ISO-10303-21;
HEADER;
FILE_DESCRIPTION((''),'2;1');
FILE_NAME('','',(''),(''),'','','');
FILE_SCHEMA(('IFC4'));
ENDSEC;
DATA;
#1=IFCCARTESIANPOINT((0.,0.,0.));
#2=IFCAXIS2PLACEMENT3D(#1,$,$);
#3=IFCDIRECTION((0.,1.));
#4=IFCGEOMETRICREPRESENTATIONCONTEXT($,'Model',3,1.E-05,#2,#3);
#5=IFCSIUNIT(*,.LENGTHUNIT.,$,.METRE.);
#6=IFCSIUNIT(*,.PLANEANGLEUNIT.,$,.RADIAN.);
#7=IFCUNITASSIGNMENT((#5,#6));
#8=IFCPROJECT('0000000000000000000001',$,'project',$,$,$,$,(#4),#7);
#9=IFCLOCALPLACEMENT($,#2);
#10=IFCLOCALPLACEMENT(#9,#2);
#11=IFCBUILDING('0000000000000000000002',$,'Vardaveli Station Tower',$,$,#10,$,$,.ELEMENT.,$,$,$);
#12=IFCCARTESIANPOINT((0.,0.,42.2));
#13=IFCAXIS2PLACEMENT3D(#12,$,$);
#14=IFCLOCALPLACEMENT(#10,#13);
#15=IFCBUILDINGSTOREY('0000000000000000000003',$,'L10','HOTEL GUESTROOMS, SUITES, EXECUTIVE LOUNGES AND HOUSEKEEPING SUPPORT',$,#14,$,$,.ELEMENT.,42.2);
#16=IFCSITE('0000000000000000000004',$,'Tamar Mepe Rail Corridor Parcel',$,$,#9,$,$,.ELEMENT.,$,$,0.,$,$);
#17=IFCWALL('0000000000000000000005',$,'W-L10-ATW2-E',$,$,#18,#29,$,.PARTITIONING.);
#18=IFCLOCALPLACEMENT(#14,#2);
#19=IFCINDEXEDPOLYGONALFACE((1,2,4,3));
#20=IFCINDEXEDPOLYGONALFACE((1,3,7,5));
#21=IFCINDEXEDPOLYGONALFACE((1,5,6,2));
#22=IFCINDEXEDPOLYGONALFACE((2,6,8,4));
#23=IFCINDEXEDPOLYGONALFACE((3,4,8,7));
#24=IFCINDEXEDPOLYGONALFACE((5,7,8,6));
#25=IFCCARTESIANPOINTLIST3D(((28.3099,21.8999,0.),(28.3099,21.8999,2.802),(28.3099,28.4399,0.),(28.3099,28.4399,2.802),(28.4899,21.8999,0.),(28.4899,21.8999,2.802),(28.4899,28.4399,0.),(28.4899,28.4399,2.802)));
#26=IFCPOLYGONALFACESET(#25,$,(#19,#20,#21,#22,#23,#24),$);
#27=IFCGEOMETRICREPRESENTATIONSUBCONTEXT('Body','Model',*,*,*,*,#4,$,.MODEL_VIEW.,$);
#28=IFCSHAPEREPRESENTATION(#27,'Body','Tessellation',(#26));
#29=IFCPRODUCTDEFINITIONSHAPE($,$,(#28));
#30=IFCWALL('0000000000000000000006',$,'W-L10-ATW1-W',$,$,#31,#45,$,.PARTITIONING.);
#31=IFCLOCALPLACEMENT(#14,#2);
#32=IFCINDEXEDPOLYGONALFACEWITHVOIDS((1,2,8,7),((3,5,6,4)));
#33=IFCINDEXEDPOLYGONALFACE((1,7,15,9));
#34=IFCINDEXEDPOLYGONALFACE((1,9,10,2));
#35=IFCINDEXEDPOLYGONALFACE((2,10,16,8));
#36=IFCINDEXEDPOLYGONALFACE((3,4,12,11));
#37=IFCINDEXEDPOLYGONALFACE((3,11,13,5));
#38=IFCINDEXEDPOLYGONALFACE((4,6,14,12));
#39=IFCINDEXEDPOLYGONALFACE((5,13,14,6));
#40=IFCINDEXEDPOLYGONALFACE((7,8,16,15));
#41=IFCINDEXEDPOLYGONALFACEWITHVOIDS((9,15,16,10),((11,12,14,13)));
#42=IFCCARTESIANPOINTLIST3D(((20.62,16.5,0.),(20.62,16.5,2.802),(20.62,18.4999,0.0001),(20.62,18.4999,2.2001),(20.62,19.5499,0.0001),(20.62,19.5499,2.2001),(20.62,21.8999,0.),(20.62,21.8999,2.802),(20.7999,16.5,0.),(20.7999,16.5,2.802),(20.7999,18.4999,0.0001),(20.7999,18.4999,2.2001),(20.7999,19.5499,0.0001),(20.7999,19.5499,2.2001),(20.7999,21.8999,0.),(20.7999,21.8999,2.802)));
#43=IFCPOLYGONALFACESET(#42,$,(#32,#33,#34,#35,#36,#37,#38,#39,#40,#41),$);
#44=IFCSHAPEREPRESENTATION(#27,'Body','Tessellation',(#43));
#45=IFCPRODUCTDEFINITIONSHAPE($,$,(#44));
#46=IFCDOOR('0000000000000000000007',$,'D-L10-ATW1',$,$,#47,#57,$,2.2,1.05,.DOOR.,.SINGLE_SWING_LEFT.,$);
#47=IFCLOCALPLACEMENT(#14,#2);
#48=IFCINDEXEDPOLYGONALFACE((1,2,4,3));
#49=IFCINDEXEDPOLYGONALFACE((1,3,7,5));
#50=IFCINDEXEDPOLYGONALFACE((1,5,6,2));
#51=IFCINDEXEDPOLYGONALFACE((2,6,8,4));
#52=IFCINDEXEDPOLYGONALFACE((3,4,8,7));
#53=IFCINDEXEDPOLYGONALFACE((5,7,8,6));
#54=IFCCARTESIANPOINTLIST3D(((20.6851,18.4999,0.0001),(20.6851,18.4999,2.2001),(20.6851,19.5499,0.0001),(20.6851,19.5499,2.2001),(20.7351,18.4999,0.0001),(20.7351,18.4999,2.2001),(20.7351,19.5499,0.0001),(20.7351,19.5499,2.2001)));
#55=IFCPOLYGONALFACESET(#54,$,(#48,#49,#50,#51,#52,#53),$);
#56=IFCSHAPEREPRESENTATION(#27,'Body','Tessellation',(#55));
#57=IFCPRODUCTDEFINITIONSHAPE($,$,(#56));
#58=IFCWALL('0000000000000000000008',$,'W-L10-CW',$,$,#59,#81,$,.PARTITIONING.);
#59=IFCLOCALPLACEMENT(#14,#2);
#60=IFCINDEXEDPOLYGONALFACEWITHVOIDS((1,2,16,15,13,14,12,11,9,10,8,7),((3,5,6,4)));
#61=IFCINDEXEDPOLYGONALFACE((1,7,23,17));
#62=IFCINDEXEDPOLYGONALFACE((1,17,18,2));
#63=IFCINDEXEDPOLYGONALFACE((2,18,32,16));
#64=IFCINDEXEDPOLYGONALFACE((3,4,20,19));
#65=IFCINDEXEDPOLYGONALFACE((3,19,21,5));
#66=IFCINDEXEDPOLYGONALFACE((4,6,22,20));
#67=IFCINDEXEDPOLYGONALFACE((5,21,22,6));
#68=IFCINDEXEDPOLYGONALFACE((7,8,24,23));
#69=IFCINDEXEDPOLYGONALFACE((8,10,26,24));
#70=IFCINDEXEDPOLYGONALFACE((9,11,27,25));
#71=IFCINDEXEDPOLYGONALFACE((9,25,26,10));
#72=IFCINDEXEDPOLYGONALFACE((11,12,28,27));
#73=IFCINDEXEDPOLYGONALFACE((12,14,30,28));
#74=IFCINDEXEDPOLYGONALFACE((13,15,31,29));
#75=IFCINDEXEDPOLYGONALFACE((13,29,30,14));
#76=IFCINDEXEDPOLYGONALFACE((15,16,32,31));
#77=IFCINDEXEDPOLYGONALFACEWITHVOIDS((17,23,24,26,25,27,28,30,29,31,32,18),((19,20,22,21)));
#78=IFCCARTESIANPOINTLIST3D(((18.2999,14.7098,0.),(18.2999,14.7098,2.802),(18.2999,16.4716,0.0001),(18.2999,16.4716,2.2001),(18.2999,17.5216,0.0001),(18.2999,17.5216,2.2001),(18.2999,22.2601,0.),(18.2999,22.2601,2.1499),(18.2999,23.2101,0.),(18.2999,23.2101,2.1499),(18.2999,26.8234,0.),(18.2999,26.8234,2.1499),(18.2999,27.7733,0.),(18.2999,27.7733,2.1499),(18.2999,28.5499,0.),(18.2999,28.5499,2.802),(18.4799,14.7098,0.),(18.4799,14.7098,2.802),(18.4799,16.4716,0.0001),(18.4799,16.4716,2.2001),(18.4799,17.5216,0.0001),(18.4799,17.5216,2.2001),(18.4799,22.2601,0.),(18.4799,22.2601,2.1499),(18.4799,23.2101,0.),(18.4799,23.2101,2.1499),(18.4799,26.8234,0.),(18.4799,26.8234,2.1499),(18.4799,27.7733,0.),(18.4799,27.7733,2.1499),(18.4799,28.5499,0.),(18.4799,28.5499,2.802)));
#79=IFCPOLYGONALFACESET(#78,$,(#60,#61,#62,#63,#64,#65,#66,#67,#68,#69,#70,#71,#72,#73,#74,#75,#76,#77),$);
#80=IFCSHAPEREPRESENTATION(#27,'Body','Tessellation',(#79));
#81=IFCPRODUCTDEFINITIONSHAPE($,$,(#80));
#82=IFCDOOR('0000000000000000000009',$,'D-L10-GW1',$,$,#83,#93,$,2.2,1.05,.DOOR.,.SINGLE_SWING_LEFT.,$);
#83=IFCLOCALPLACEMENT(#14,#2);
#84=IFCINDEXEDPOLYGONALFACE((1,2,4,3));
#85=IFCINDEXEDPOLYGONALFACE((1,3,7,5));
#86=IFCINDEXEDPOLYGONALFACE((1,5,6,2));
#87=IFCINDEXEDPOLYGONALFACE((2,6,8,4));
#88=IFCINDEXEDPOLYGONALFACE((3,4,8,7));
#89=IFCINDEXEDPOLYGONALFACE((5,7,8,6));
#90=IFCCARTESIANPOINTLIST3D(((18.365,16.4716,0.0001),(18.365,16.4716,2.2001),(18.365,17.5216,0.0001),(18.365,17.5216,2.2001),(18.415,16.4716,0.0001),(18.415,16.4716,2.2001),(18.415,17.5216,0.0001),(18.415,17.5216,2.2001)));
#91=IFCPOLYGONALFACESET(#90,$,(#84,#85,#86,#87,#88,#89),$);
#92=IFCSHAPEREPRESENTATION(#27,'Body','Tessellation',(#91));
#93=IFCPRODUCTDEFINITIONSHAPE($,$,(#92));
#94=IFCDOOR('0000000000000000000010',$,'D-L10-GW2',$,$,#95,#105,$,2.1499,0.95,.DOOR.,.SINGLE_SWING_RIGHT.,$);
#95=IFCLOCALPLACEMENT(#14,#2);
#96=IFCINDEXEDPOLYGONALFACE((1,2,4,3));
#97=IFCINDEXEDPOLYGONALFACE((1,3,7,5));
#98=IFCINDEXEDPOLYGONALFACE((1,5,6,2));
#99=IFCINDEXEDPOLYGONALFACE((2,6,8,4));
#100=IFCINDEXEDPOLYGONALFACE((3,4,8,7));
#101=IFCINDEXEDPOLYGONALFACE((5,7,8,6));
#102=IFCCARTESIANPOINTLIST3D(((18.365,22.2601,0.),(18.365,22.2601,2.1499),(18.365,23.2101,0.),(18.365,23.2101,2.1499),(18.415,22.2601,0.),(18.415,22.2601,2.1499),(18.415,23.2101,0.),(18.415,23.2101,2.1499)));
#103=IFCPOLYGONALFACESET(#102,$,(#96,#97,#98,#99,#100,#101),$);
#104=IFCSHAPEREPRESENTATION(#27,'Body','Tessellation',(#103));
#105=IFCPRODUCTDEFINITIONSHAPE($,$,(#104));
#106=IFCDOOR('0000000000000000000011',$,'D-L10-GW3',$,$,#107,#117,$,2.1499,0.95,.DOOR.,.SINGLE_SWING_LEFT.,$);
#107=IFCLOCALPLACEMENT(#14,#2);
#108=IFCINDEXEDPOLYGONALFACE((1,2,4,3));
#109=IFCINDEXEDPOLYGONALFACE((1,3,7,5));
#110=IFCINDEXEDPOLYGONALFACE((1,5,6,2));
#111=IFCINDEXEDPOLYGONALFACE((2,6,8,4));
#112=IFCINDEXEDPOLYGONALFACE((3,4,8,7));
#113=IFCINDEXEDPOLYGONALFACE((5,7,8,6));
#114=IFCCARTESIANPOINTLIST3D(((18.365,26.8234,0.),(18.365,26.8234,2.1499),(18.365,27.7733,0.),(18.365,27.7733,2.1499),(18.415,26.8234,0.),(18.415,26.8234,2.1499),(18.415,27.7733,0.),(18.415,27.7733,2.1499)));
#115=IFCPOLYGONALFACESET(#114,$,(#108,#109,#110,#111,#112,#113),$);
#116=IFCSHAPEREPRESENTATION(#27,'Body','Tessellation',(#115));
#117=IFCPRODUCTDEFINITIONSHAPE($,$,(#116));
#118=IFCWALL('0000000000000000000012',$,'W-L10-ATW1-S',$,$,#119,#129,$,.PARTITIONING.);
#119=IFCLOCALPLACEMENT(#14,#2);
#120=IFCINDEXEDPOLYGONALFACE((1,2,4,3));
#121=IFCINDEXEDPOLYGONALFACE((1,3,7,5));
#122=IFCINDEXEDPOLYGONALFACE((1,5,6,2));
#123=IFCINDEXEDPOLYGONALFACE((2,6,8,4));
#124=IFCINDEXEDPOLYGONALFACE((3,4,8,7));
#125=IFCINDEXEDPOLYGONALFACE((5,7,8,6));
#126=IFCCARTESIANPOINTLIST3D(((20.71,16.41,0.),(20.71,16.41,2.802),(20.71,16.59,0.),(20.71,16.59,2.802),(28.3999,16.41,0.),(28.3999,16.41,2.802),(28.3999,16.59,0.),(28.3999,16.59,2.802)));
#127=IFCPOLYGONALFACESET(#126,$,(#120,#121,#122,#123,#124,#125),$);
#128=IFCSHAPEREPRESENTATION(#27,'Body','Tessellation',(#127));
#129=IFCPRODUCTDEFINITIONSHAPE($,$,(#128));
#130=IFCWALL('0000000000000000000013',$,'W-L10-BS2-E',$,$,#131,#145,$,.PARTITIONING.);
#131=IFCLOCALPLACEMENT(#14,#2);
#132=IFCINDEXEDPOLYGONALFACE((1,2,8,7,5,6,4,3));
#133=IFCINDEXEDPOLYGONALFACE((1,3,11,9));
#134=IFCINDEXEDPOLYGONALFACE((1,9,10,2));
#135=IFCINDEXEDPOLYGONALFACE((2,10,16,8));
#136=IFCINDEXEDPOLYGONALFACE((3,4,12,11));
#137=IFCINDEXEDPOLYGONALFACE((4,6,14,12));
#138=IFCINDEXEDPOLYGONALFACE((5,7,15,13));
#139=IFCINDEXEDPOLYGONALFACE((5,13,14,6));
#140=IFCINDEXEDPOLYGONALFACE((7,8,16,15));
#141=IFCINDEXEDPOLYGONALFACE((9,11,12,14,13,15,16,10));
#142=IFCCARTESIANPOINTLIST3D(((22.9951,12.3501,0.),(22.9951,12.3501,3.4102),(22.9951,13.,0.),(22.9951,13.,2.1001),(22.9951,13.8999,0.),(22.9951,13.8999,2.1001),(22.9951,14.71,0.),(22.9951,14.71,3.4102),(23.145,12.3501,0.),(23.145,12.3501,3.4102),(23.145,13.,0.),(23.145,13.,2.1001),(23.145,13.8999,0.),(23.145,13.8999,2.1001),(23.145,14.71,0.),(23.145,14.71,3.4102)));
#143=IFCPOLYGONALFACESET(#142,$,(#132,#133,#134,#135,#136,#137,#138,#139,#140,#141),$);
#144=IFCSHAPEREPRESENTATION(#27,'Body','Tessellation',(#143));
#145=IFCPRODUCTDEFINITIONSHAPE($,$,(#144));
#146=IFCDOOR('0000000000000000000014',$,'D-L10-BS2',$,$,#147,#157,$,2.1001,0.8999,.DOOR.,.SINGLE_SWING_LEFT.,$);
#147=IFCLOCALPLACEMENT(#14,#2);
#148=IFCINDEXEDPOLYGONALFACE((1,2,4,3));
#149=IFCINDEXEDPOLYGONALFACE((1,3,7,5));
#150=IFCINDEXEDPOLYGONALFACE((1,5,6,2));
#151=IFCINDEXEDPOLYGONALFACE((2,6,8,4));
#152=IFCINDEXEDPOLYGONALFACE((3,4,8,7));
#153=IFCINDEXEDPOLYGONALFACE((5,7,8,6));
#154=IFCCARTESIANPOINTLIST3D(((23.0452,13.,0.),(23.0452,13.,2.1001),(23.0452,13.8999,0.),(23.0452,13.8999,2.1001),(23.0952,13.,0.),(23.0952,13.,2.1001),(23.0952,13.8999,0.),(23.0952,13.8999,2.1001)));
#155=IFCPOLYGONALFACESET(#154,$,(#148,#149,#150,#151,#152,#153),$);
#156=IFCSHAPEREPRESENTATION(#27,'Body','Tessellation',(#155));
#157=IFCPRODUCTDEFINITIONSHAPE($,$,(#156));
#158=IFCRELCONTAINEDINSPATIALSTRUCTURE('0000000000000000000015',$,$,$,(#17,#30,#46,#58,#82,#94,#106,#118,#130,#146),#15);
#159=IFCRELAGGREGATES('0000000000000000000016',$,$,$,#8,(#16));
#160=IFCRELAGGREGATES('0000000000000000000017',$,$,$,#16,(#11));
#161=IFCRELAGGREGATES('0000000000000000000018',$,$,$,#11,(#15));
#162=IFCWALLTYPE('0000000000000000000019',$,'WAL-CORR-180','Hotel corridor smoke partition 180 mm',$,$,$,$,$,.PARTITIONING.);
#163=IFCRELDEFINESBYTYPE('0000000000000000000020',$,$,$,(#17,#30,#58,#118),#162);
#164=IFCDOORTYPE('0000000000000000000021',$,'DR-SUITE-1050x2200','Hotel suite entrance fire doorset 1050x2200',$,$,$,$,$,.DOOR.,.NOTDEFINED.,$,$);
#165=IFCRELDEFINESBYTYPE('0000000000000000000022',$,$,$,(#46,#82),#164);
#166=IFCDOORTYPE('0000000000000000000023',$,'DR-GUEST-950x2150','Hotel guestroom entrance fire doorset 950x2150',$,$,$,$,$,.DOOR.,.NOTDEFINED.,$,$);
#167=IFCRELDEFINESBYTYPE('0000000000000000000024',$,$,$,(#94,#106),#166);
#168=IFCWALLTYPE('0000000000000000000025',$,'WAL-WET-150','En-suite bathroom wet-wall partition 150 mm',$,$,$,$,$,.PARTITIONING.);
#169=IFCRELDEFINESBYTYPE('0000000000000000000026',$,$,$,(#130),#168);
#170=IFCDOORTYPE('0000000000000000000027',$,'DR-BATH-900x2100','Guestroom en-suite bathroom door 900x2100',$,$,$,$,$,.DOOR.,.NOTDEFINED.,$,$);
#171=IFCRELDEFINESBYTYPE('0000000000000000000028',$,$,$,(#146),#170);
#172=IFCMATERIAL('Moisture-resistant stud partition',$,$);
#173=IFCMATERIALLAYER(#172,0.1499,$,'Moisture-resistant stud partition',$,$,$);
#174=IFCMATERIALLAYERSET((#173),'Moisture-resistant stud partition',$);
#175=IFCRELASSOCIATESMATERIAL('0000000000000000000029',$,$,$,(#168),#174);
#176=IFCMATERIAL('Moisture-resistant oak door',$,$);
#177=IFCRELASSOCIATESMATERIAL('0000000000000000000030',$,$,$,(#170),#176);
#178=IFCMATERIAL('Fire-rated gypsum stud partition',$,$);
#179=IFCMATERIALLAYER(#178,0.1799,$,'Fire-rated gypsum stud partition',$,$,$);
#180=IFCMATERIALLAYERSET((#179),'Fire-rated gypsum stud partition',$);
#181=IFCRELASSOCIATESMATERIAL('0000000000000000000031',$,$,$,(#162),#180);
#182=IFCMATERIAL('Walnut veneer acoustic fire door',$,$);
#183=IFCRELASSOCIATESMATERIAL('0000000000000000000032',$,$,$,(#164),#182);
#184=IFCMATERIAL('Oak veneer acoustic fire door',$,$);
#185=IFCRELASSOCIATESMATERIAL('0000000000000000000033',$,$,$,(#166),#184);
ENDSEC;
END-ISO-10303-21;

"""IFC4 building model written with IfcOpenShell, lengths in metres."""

from ifc_helpers import new_model, si_unit, direction, frame, frame_2d, origin, place, context, subcontext, project, spatial, rectangle, extrude, source, transform, mapped, material, layer, layer_set, type_object, element, fill, save


model = new_model("IFC4")

# Units and contexts
model_context = context("Model", 3, precision=1e-05, world=origin(), true_north=direction((0.0, 1.0)))
body_context = subcontext(model_context, "Body", "Model", "MODEL_VIEW")
ifc_project = project(units=[si_unit("LENGTHUNIT", "METRE"), si_unit("PLANEANGLEUNIT", "RADIAN")], contexts=[model_context])

# Site, building, storey
site_placement = place(None, origin())
site = spatial("IfcSite", under=ifc_project, at=site_placement, Name="Tamar Mepe Rail Corridor Parcel", CompositionType="ELEMENT", RefElevation=0.0)
building_placement = place(site_placement, origin())
building = spatial("IfcBuilding", under=site, at=building_placement, Name="Vardaveli Station Tower", CompositionType="ELEMENT")
storey_placement = place(building_placement, frame((0.0, 0.0, 42.2)))
storey = spatial("IfcBuildingStorey", under=building, at=storey_placement, Name="L10", Description="HOTEL GUESTROOMS, SUITES, EXECUTIVE LOUNGES AND HOUSEKEEPING SUPPORT", CompositionType="ELEMENT", Elevation=42.2)

# Shared definitions
ifc_material_1 = material(Name="Moisture-resistant stud partition")
ifc_layer_1 = layer(ifc_material_1, 0.1499, Name="Moisture-resistant stud partition")
ifc_layer_set_1 = layer_set([ifc_layer_1], Name="Moisture-resistant stud partition")
wall_type_1 = type_object("IfcWallType", Name="WAL-WET-150", Description="En-suite bathroom wet-wall partition 150 mm", PredefinedType="PARTITIONING", material=ifc_layer_set_1)
shared_shape_1 = source(origin(), body_context, "Body", "SweptSolid", [
    extrude(rectangle(XDim=0.8999, YDim=2.1001, at=frame_2d((0.45, 1.05))), frame((0.0, 0.085, 0.0), z_axis=(0.0, -1.0, 0.0), x_axis=(1.0, 0.0, 0.0)), (0.0, 0.0, 1.0), 0.1699),
])
ifc_material_2 = material(Name="Moisture-resistant oak door")
door_type_1 = type_object("IfcDoorType", Name="DR-BATH-900x2100", Description="Guestroom en-suite bathroom door 900x2100", OperationType="NOTDEFINED", PredefinedType="DOOR", material=ifc_material_2)
shared_shape_2 = source(origin(), body_context, "Body", "SweptSolid", [
    extrude(rectangle(XDim=0.8999, YDim=2.1001, at=frame_2d((0.45, 1.05))), frame((0.0, 0.0249, 0.0), z_axis=(0.0, -1.0, 0.0), x_axis=(1.0, 0.0, 0.0)), (0.0, 0.0, 1.0), 0.05),
])
ifc_material_3 = material(Name="Fire-rated gypsum stud partition")
ifc_layer_2 = layer(ifc_material_3, 0.1799, Name="Fire-rated gypsum stud partition")
ifc_layer_set_2 = layer_set([ifc_layer_2], Name="Fire-rated gypsum stud partition")
wall_type_2 = type_object("IfcWallType", Name="WAL-CORR-180", Description="Hotel corridor smoke partition 180 mm", PredefinedType="PARTITIONING", material=ifc_layer_set_2)
shared_shape_3 = source(origin(), body_context, "Body", "SweptSolid", [
    extrude(rectangle(XDim=6.54, YDim=0.1799, at=frame_2d((3.27, 0.0))), origin(), (0.0, 0.0, 1.0), 2.802),
])
shared_shape_4 = source(origin(), body_context, "Body", "SweptSolid", [
    extrude(rectangle(XDim=1.05, YDim=2.2, at=frame_2d((0.5249, 1.1001))), frame((0.0, 0.1001, 0.0), z_axis=(0.0, -1.0, 0.0), x_axis=(1.0, 0.0, 0.0)), (0.0, 0.0, 1.0), 0.2),
])
ifc_material_4 = material(Name="Walnut veneer acoustic fire door")
door_type_2 = type_object("IfcDoorType", Name="DR-SUITE-1050x2200", Description="Hotel suite entrance fire doorset 1050x2200", OperationType="NOTDEFINED", PredefinedType="DOOR", material=ifc_material_4)
shared_shape_5 = source(origin(), body_context, "Body", "SweptSolid", [
    extrude(rectangle(XDim=1.05, YDim=2.2, at=frame_2d((0.5249, 1.1001))), frame((0.0, 0.0249, 0.0), z_axis=(0.0, -1.0, 0.0), x_axis=(1.0, 0.0, 0.0)), (0.0, 0.0, 1.0), 0.05),
])

# Wall
wall_1_placement = place(storey_placement, frame((28.3999, 21.8999, 0.0), z_axis=(0.0, 0.0, 1.0), x_axis=(0.0, 1.0, 0.0)))
element("IfcWall", 1, at=wall_1_placement, inside=storey, type_object=wall_type_2, Name="W-L10-ATW2-E", PredefinedType="PARTITIONING", context=body_context, shape_type="MappedRepresentation", body=[
    mapped(shared_shape_3, transform((0.0, 0.0, 0.0), scale=1.0)),
])

# Wall, opening, door
shared_shape_6 = source(origin(), body_context, "Body", "SweptSolid", [
    extrude(rectangle(XDim=5.3999, YDim=0.1799, at=frame_2d((2.7, 0.0))), origin(), (0.0, 0.0, 1.0), 2.802),
])
wall_2_placement = place(storey_placement, frame((20.71, 16.5, 0.0), z_axis=(0.0, 0.0, 1.0), x_axis=(0.0, 1.0, 0.0)))
wall_2 = element("IfcWall", 2, at=wall_2_placement, inside=storey, type_object=wall_type_2, Name="W-L10-ATW1-W", PredefinedType="PARTITIONING", context=body_context, shape_type="MappedRepresentation", body=[
    mapped(shared_shape_6, transform((0.0, 0.0, 0.0), scale=1.0)),
])
opening_1_placement = place(wall_2_placement, frame((2.0, 0.0, 0.0)))
opening_1 = element("IfcOpeningElement", 3, at=opening_1_placement, cuts=wall_2, PredefinedType="OPENING", context=body_context, shape_type="MappedRepresentation", body=[
    mapped(shared_shape_4, transform((0.0, 0.0, 0.0), scale=1.0)),
])
door_1_placement = place(opening_1_placement, origin())
door_1 = element("IfcDoor", 4, at=door_1_placement, inside=storey, type_object=door_type_2, Name="D-L10-ATW1", OperationType="SINGLE_SWING_LEFT", OverallHeight=2.2, OverallWidth=1.05, PredefinedType="DOOR", context=body_context, shape_type="MappedRepresentation", body=[
    mapped(shared_shape_5, transform((0.0, 0.0, 0.0), scale=1.0)),
])
fill(opening_1, door_1)

# Wall, openings, doors
shared_shape_7 = source(origin(), body_context, "Body", "SweptSolid", [
    extrude(rectangle(XDim=13.8401, YDim=0.1799, at=frame_2d((6.9199, 0.0))), origin(), (0.0, 0.0, 1.0), 2.802),
])
wall_3_placement = place(storey_placement, frame((18.3899, 14.71, 0.0), z_axis=(0.0, 0.0, 1.0), x_axis=(0.0, 1.0, 0.0)))
wall_3 = element("IfcWall", 5, at=wall_3_placement, inside=storey, type_object=wall_type_2, Name="W-L10-CW", PredefinedType="PARTITIONING", context=body_context, shape_type="MappedRepresentation", body=[
    mapped(shared_shape_7, transform((0.0, 0.0, 0.0), scale=1.0)),
])
opening_2_placement = place(wall_3_placement, frame((1.7617, 0.0, 0.0)))
opening_2 = element("IfcOpeningElement", 6, at=opening_2_placement, cuts=wall_3, PredefinedType="OPENING", context=body_context, shape_type="MappedRepresentation", body=[
    mapped(shared_shape_4, transform((0.0, 0.0, 0.0), scale=1.0)),
])
shared_shape_8 = source(origin(), body_context, "Body", "SweptSolid", [
    extrude(rectangle(XDim=0.95, YDim=2.1499, at=frame_2d((0.4751, 1.075))), frame((0.0, 0.1001, 0.0), z_axis=(0.0, -1.0, 0.0), x_axis=(1.0, 0.0, 0.0)), (0.0, 0.0, 1.0), 0.2),
])
opening_3_placement = place(wall_3_placement, frame((7.55, 0.0, 0.0)))
opening_3 = element("IfcOpeningElement", 7, at=opening_3_placement, cuts=wall_3, PredefinedType="OPENING", context=body_context, shape_type="MappedRepresentation", body=[
    mapped(shared_shape_8, transform((0.0, 0.0, 0.0), scale=1.0)),
])
opening_4_placement = place(wall_3_placement, frame((12.1133, 0.0, 0.0)))
opening_4 = element("IfcOpeningElement", 8, at=opening_4_placement, cuts=wall_3, PredefinedType="OPENING", context=body_context, shape_type="MappedRepresentation", body=[
    mapped(shared_shape_8, transform((0.0, 0.0, 0.0), scale=1.0)),
])
door_2_placement = place(opening_2_placement, origin())
door_2 = element("IfcDoor", 9, at=door_2_placement, inside=storey, type_object=door_type_2, Name="D-L10-GW1", OperationType="SINGLE_SWING_LEFT", OverallHeight=2.2, OverallWidth=1.05, PredefinedType="DOOR", context=body_context, shape_type="MappedRepresentation", body=[
    mapped(shared_shape_5, transform((0.0, 0.0, 0.0), scale=1.0)),
])
fill(opening_2, door_2)
ifc_material_5 = material(Name="Oak veneer acoustic fire door")
door_type_3 = type_object("IfcDoorType", Name="DR-GUEST-950x2150", Description="Hotel guestroom entrance fire doorset 950x2150", OperationType="NOTDEFINED", PredefinedType="DOOR", material=ifc_material_5)
shared_shape_9 = source(origin(), body_context, "Body", "SweptSolid", [
    extrude(rectangle(XDim=0.95, YDim=2.1499, at=frame_2d((0.4751, 1.075))), frame((0.0, 0.0249, 0.0), z_axis=(0.0, -1.0, 0.0), x_axis=(1.0, 0.0, 0.0)), (0.0, 0.0, 1.0), 0.05),
])
door_3_placement = place(opening_3_placement, origin())
door_3 = element("IfcDoor", 10, at=door_3_placement, inside=storey, type_object=door_type_3, Name="D-L10-GW2", OperationType="SINGLE_SWING_RIGHT", OverallHeight=2.1499, OverallWidth=0.95, PredefinedType="DOOR", context=body_context, shape_type="MappedRepresentation", body=[
    mapped(shared_shape_9, transform((0.0, 0.0, 0.0), scale=1.0)),
])
fill(opening_3, door_3)
door_4_placement = place(opening_4_placement, origin())
door_4 = element("IfcDoor", 11, at=door_4_placement, inside=storey, type_object=door_type_3, Name="D-L10-GW3", OperationType="SINGLE_SWING_LEFT", OverallHeight=2.1499, OverallWidth=0.95, PredefinedType="DOOR", context=body_context, shape_type="MappedRepresentation", body=[
    mapped(shared_shape_9, transform((0.0, 0.0, 0.0), scale=1.0)),
])
fill(opening_4, door_4)

# Wall
shared_shape_10 = source(origin(), body_context, "Body", "SweptSolid", [
    extrude(rectangle(XDim=7.6899, YDim=0.1799, at=frame_2d((3.845, 0.0))), origin(), (0.0, 0.0, 1.0), 2.802),
])
wall_4_placement = place(storey_placement, frame((20.71, 16.5, 0.0), z_axis=(0.0, 0.0, 1.0), x_axis=(1.0, 0.0, 0.0)))
element("IfcWall", 12, at=wall_4_placement, inside=storey, type_object=wall_type_2, Name="W-L10-ATW1-S", PredefinedType="PARTITIONING", context=body_context, shape_type="MappedRepresentation", body=[
    mapped(shared_shape_10, transform((0.0, 0.0, 0.0), scale=1.0)),
])

# Wall, opening, door
shared_shape_11 = source(origin(), body_context, "Body", "SweptSolid", [
    extrude(rectangle(XDim=2.3599, YDim=0.1499, at=frame_2d((1.1799, 0.0))), origin(), (0.0, 0.0, 1.0), 3.4102),
])
wall_5_placement = place(storey_placement, frame((23.0701, 12.3501, 0.0), z_axis=(0.0, 0.0, 1.0), x_axis=(0.0, 1.0, 0.0)))
wall_5 = element("IfcWall", 13, at=wall_5_placement, inside=storey, type_object=wall_type_1, Name="W-L10-BS2-E", PredefinedType="PARTITIONING", context=body_context, shape_type="MappedRepresentation", body=[
    mapped(shared_shape_11, transform((0.0, 0.0, 0.0), scale=1.0)),
])
opening_5_placement = place(wall_5_placement, frame((0.6499, 0.0, 0.0)))
opening_5 = element("IfcOpeningElement", 14, at=opening_5_placement, cuts=wall_5, PredefinedType="OPENING", context=body_context, shape_type="MappedRepresentation", body=[
    mapped(shared_shape_1, transform((0.0, 0.0, 0.0), scale=1.0)),
])
door_5_placement = place(opening_5_placement, origin())
door_5 = element("IfcDoor", 15, at=door_5_placement, inside=storey, type_object=door_type_1, Name="D-L10-BS2", OperationType="SINGLE_SWING_LEFT", OverallHeight=2.1001, OverallWidth=0.8999, PredefinedType="DOOR", context=body_context, shape_type="MappedRepresentation", body=[
    mapped(shared_shape_2, transform((0.0, 0.0, 0.0), scale=1.0)),
])
fill(opening_5, door_5)

save(model, "model.ifc")
